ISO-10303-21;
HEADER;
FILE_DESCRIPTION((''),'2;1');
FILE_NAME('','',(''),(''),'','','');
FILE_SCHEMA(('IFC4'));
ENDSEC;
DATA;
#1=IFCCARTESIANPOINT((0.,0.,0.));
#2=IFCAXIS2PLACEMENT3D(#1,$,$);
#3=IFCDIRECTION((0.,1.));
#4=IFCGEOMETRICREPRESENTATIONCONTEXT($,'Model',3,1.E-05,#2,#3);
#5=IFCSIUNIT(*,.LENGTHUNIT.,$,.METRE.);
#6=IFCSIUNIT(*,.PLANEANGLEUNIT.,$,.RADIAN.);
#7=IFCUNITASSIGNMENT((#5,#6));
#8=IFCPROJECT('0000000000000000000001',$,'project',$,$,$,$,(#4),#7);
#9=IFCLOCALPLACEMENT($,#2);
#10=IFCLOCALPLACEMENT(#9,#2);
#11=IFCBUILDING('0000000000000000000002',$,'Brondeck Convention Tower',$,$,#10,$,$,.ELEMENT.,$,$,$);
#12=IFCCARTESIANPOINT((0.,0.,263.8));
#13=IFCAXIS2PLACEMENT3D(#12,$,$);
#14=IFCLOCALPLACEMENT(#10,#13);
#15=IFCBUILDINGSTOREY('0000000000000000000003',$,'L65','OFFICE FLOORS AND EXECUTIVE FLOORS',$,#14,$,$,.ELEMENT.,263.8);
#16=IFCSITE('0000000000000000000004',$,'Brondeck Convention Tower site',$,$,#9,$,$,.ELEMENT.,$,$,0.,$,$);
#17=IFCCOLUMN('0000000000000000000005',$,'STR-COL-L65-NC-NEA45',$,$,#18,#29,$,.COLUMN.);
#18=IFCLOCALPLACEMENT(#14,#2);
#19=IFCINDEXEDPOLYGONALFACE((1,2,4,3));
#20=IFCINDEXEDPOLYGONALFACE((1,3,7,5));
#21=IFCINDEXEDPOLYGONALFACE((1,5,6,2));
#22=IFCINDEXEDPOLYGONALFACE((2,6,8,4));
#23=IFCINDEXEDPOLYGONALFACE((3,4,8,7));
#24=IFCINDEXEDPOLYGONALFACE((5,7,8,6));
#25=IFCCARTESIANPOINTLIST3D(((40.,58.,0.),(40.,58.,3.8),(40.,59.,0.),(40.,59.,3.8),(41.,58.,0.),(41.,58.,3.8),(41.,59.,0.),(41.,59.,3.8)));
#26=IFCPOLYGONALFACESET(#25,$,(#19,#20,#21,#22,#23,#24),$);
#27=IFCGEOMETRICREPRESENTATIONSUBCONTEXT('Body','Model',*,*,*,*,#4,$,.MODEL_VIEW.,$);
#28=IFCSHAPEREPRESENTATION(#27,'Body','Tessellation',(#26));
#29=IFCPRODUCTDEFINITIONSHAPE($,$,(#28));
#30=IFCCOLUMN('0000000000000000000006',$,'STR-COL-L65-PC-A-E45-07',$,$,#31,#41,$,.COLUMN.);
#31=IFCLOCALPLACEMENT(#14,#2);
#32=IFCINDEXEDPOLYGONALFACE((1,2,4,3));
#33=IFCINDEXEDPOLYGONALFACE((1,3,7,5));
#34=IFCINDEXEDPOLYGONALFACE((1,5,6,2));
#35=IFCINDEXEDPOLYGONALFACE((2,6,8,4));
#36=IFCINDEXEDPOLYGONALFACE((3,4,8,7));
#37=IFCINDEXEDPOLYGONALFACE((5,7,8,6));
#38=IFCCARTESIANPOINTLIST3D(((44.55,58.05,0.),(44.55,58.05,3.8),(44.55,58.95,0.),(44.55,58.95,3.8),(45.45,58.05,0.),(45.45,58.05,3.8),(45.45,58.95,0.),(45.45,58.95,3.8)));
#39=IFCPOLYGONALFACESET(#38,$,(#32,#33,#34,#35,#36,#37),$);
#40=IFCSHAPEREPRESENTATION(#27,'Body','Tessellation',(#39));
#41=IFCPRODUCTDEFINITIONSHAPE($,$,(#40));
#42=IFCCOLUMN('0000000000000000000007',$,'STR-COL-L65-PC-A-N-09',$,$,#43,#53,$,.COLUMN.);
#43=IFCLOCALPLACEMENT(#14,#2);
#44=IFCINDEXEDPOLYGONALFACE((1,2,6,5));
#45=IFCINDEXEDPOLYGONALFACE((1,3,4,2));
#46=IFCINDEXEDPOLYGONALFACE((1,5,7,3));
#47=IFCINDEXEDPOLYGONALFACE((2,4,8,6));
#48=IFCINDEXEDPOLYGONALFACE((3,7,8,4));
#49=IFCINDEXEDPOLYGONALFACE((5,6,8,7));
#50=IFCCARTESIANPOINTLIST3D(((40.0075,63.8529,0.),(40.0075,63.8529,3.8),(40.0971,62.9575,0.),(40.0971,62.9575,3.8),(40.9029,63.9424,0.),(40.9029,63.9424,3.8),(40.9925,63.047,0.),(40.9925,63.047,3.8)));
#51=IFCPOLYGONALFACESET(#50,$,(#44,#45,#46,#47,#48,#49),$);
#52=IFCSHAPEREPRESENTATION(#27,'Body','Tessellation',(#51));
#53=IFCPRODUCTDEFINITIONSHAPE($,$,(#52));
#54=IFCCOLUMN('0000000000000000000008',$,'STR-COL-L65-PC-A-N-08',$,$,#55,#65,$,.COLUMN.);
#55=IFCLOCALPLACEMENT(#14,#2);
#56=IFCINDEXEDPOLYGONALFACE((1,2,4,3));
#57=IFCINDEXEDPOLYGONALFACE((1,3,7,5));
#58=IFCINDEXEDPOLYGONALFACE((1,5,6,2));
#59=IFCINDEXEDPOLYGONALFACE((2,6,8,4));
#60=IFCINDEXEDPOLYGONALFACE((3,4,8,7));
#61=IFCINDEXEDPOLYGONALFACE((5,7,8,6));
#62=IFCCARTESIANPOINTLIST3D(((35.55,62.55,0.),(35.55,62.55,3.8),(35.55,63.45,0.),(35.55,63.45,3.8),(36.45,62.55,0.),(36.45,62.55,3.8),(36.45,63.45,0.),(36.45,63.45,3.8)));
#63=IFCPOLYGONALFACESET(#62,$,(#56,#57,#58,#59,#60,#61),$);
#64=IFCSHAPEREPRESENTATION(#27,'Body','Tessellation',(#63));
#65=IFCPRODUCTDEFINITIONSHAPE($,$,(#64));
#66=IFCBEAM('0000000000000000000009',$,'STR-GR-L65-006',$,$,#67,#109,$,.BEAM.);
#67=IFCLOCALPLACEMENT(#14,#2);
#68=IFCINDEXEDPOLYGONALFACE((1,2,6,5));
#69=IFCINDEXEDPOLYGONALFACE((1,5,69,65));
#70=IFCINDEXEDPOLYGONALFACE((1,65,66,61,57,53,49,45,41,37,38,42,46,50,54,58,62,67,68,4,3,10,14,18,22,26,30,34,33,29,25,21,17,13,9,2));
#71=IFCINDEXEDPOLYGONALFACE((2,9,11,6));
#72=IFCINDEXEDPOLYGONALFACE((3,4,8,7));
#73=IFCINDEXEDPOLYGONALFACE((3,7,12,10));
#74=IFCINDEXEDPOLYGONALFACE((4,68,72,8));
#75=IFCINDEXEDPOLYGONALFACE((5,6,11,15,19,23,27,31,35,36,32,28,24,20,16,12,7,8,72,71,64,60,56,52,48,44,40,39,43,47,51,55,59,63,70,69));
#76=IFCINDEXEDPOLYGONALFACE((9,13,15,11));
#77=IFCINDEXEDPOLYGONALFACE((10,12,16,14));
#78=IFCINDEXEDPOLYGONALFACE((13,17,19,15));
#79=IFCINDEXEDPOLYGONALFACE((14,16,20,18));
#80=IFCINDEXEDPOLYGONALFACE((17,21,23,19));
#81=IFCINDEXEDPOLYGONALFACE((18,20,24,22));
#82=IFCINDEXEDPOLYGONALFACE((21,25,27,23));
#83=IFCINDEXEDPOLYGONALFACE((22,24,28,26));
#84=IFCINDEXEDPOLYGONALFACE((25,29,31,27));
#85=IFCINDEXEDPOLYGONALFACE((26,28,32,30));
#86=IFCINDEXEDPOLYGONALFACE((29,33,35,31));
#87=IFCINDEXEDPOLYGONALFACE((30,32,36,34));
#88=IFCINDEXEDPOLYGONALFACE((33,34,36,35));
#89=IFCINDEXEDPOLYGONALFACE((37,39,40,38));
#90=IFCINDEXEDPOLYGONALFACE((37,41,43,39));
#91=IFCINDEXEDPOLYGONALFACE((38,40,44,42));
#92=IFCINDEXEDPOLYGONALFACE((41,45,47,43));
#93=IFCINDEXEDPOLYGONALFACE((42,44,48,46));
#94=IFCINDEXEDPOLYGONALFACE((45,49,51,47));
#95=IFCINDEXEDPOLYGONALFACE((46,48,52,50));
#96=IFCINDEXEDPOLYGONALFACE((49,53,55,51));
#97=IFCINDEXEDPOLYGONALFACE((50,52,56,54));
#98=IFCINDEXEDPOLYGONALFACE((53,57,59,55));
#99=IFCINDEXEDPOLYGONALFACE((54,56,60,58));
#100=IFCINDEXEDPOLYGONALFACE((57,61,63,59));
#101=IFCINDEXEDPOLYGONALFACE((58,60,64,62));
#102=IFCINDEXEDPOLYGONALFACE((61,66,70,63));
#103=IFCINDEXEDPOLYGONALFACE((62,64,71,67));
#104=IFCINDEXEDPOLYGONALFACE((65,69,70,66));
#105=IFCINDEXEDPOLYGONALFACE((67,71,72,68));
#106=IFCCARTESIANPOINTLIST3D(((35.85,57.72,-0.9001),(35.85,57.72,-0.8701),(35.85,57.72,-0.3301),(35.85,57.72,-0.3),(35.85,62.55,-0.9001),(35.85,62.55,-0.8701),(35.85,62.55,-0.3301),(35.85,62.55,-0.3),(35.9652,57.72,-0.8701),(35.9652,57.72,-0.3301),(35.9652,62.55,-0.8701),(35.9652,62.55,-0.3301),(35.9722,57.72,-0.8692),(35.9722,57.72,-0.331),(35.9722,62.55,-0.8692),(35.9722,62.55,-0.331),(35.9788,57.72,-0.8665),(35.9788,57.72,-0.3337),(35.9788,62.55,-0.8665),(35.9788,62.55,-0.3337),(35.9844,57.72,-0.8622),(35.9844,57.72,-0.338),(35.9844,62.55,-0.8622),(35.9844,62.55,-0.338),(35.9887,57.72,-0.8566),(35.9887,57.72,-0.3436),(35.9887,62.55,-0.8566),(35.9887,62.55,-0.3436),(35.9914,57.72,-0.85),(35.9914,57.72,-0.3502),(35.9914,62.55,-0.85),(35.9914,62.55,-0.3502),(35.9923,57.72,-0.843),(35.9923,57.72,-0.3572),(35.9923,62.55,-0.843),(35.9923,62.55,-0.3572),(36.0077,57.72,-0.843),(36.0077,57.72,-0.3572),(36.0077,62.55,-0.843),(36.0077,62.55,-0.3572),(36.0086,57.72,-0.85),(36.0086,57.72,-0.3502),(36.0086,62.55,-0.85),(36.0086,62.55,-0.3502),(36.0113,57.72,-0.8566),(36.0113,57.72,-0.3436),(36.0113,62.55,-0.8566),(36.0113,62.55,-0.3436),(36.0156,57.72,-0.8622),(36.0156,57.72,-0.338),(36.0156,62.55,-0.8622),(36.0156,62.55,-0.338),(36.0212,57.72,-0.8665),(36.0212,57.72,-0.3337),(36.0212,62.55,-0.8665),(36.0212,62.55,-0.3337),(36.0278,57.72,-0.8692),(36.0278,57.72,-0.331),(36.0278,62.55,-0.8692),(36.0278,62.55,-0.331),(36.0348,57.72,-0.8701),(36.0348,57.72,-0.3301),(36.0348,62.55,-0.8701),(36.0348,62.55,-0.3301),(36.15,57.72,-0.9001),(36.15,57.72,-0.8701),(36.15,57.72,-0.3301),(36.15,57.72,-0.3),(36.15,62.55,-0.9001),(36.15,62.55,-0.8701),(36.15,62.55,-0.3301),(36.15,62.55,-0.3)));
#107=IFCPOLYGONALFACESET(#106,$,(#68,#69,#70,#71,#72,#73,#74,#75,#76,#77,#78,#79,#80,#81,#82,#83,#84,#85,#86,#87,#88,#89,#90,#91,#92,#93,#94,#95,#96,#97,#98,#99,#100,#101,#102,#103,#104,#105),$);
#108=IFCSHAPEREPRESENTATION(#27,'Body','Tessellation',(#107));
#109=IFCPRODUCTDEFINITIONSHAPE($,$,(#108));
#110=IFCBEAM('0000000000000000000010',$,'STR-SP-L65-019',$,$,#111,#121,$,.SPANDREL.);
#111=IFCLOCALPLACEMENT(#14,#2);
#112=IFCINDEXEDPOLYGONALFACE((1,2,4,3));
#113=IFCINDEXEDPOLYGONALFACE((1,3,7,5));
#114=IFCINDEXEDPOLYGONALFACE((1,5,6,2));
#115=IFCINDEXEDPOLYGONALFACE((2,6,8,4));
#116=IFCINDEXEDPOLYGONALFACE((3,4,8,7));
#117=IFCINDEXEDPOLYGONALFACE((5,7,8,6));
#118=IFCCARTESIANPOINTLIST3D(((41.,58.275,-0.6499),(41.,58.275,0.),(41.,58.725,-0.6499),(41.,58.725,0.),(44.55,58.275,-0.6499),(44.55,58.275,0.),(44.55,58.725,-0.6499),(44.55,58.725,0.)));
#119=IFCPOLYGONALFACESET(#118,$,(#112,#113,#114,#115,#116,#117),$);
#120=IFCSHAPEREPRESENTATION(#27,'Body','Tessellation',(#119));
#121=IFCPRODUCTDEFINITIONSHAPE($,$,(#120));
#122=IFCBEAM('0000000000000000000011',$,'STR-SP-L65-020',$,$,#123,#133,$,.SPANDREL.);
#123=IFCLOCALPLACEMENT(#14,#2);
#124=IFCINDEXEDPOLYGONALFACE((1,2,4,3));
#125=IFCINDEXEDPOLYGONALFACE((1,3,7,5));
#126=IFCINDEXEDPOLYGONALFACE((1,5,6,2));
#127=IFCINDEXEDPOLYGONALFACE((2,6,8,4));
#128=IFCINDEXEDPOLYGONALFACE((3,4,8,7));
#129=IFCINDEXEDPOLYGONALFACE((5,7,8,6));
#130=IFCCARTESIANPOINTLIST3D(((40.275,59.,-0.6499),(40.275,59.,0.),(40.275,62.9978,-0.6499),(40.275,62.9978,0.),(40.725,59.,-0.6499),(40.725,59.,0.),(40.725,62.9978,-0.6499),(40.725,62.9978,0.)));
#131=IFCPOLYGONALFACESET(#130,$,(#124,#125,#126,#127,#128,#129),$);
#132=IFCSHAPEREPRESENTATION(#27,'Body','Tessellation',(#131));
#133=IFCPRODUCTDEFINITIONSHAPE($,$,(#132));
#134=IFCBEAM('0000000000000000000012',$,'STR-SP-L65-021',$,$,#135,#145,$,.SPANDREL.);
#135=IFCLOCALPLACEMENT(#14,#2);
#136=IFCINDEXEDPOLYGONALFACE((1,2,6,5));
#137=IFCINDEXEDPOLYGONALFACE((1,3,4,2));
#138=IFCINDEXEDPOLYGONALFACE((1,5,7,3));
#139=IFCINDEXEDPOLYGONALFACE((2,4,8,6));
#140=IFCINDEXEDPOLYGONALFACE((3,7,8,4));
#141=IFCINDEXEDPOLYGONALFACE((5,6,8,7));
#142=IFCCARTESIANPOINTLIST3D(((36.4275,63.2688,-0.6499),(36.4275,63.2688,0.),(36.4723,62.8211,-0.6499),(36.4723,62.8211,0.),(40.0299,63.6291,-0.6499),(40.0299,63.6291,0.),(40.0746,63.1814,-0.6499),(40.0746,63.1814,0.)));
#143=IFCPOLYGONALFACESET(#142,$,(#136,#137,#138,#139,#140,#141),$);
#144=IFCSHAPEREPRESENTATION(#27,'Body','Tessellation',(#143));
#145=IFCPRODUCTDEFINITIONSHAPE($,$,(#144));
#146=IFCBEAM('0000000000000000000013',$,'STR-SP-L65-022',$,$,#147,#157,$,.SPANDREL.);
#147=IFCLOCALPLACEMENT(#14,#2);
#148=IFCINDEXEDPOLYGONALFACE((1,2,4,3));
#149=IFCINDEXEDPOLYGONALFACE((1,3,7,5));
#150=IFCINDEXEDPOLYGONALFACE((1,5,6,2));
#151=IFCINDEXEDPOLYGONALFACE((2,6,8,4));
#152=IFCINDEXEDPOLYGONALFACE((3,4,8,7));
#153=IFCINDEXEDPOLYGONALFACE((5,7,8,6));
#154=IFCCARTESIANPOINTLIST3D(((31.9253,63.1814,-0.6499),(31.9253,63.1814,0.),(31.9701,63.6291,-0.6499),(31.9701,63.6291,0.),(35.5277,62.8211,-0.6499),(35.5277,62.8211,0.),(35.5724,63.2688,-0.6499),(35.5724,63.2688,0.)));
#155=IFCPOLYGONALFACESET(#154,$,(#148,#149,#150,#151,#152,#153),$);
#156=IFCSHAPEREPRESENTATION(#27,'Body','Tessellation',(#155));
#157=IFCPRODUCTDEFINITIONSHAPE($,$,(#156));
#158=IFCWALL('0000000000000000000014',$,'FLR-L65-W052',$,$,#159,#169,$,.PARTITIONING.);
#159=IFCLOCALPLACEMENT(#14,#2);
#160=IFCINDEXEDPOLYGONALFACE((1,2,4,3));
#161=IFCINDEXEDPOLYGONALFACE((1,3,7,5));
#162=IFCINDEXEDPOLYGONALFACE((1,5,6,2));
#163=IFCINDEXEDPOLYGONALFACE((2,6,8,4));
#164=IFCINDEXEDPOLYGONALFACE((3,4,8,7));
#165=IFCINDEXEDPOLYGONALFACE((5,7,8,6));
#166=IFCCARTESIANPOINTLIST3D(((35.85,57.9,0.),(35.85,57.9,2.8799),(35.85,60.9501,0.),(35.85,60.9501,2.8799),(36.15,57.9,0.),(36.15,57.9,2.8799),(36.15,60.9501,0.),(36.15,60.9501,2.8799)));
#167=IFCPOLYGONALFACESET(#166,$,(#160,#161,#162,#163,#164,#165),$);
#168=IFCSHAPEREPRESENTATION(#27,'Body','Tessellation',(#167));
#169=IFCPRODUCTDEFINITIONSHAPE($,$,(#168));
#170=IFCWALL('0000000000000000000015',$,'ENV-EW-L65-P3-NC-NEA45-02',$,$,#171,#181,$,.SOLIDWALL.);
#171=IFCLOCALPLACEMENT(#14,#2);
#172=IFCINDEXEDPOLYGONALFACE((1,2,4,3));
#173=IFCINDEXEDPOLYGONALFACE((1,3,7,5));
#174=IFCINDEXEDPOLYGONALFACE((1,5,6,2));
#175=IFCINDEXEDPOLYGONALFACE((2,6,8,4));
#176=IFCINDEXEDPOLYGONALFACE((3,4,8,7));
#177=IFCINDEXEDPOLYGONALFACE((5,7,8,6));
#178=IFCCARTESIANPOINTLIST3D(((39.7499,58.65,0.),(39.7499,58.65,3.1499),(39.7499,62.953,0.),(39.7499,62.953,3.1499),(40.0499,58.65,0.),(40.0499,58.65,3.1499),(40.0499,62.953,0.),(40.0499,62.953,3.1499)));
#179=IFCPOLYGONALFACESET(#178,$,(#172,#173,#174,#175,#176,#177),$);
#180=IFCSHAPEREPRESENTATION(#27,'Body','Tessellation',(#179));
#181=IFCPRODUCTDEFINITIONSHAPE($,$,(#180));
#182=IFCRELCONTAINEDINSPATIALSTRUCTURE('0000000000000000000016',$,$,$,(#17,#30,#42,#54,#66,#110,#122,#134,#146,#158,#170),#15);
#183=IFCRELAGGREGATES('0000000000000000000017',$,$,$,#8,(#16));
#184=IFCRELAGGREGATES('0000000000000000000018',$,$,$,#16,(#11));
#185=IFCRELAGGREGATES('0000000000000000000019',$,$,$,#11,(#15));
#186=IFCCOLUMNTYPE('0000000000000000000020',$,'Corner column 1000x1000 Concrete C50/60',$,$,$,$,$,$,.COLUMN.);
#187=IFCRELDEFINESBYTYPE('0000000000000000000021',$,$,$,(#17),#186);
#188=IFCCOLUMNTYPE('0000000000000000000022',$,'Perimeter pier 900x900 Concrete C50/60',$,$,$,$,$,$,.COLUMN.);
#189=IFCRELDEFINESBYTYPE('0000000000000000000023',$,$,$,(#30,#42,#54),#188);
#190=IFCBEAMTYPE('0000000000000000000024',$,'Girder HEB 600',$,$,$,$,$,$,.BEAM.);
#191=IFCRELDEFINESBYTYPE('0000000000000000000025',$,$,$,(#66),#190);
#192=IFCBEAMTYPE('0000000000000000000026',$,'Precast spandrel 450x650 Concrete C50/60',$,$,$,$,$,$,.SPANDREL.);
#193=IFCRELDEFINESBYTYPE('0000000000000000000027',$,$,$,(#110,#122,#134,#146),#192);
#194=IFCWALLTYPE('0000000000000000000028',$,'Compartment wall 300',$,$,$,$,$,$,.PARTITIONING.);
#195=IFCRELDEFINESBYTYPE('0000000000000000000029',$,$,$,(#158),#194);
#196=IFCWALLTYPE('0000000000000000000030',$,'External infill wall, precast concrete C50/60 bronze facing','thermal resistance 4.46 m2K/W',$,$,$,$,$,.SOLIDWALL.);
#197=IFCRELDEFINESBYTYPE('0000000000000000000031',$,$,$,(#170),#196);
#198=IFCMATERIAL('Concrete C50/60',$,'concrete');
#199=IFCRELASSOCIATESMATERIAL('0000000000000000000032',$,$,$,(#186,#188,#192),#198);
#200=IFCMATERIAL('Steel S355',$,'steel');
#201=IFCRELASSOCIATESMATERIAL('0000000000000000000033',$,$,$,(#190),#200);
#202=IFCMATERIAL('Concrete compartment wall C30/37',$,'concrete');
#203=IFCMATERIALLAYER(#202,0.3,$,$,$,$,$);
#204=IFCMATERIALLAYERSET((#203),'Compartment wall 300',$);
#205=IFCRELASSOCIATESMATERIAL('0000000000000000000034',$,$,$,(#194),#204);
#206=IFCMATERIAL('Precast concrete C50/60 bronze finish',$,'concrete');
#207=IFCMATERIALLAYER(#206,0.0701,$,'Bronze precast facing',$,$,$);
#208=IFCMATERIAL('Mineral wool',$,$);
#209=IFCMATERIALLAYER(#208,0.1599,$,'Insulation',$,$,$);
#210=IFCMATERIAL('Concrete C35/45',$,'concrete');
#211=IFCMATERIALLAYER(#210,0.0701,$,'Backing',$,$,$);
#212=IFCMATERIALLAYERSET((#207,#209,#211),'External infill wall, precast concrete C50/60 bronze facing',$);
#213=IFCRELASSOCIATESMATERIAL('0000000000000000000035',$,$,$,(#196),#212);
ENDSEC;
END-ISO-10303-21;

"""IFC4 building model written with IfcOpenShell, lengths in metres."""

from ifc_helpers import new_model, si_unit, direction, frame, frame_2d, origin, origin_2d, place, context, subcontext, project, spatial, rectangle, i_section, extrude, material, layer, layer_set, material_profile, profile_set, type_object, element, save


model = new_model("IFC4")

# Units and contexts
model_context = context("Model", 3, precision=1e-05, world=origin(), true_north=direction((0.0, 1.0)))
body_context = subcontext(model_context, "Body", "Model", "MODEL_VIEW")
ifc_project = project(units=[si_unit("LENGTHUNIT", "METRE"), si_unit("PLANEANGLEUNIT", "RADIAN")], contexts=[model_context])

# Site, building, storey
site_placement = place(None, origin())
site = spatial("IfcSite", under=ifc_project, at=site_placement, Name="Brondeck Convention Tower site", CompositionType="ELEMENT", RefElevation=0.0)
building_placement = place(site_placement, origin())
building = spatial("IfcBuilding", under=site, at=building_placement, Name="Brondeck Convention Tower", CompositionType="ELEMENT")
storey_placement = place(building_placement, frame((0.0, 0.0, 263.8)))
storey = spatial("IfcBuildingStorey", under=building, at=storey_placement, Name="L65", Description="OFFICE FLOORS AND EXECUTIVE FLOORS", CompositionType="ELEMENT", Elevation=263.8)

# Columns
ifc_material_1 = material(Name="Concrete C50/60", Category="concrete")
ifc_material_profile_1 = material_profile(ifc_material_1, rectangle(XDim=1.0, YDim=1.0, at=origin_2d()), Name="Corner column 1000x1000 Concrete C50/60")
ifc_profile_set_1 = profile_set([ifc_material_profile_1], Name="Concrete C50/60")
column_type_1 = type_object("IfcColumnType", Name="Corner column 1000x1000 Concrete C50/60", PredefinedType="COLUMN", material=ifc_profile_set_1)
column_placement = place(storey_placement, frame((40.5, 58.5, 0.0), z_axis=(0.0, 0.0, 1.0), x_axis=(1.0, 0.0, 0.0)))
element("IfcColumn", 1, at=column_placement, inside=storey, type_object=column_type_1, Name="STR-COL-L65-NC-NEA45", PredefinedType="COLUMN", context=body_context, shape_type="SweptSolid", body=[
    extrude(rectangle(XDim=1.0, YDim=1.0, at=origin_2d()), origin(), (0.0, 0.0, 1.0), 3.8),
])
ifc_material_profile_2 = material_profile(ifc_material_1, rectangle(XDim=0.8999, YDim=0.8999, at=origin_2d()), Name="Perimeter pier 900x900 Concrete C50/60")
ifc_profile_set_2 = profile_set([ifc_material_profile_2], Name="Concrete C50/60")
column_type_2 = type_object("IfcColumnType", Name="Perimeter pier 900x900 Concrete C50/60", PredefinedType="COLUMN", material=ifc_profile_set_2)
for number, where, z_axis, x_axis, name in (
    (2, (45.0, 58.5, 0.0), (0.0, 0.0, 1.0), (0.0, 1.0, 0.0), "STR-COL-L65-PC-A-E45-07"),
    (3, (40.5, 63.45, 0.0), (0.0, 0.0, 1.0), (-0.995037, -0.099504, 0.0), "STR-COL-L65-PC-A-N-09"),
    (4, (36.0, 63.0, 0.0), (0.0, 0.0, 1.0), (-1.0, 0.0, 0.0), "STR-COL-L65-PC-A-N-08"),
):
    element("IfcColumn", number, at=place(storey_placement, frame(where, z_axis=z_axis, x_axis=x_axis)), inside=storey, type_object=column_type_2, Name=name, PredefinedType="COLUMN", context=body_context, shape_type="SweptSolid", body=[
        extrude(rectangle(XDim=0.8999, YDim=0.8999, at=origin_2d()), origin(), (0.0, 0.0, 1.0), 3.8),
    ])

# Beams
ifc_material_2 = material(Name="Steel S355", Category="steel")
ifc_material_profile_3 = material_profile(ifc_material_2, i_section(OverallWidth=0.3, OverallDepth=0.6001, WebThickness=0.0154, FlangeThickness=0.03, FilletRadius=0.0271, at=origin_2d()), Name="HEB 600")
ifc_profile_set_3 = profile_set([ifc_material_profile_3], Name="Steel S355")
beam_type_1 = type_object("IfcBeamType", Name="Girder HEB 600", PredefinedType="BEAM", material=ifc_profile_set_3)
beam_1_placement = place(storey_placement, frame((36.0, 57.72, -0.6001), z_axis=(0.0, 1.0, 0.0), x_axis=(-1.0, 0.0, 0.0)))
element("IfcBeam", 5, at=beam_1_placement, inside=storey, type_object=beam_type_1, Name="STR-GR-L65-006", PredefinedType="BEAM", context=body_context, shape_type="SweptSolid", body=[
    extrude(i_section(OverallWidth=0.3, OverallDepth=0.6001, WebThickness=0.0154, FlangeThickness=0.03, FilletRadius=0.0271, at=origin_2d()), origin(), (0.0, 0.0, 1.0), 4.8301),
])
ifc_material_profile_4 = material_profile(ifc_material_1, rectangle(XDim=0.45, YDim=0.6499, at=origin_2d()), Name="Precast spandrel 450x650 Concrete C50/60")
ifc_profile_set_4 = profile_set([ifc_material_profile_4], Name="Concrete C50/60")
beam_type_2 = type_object("IfcBeamType", Name="Precast spandrel 450x650 Concrete C50/60", PredefinedType="SPANDREL", material=ifc_profile_set_4)
beam_2_placement = place(storey_placement, frame((44.55, 58.5, -0.325), z_axis=(-1.0, 0.0, 0.0), x_axis=(0.0, -1.0, 0.0)))
element("IfcBeam", 6, at=beam_2_placement, inside=storey, type_object=beam_type_2, Name="STR-SP-L65-019", PredefinedType="SPANDREL", context=body_context, shape_type="SweptSolid", body=[
    extrude(rectangle(XDim=0.45, YDim=0.6499, at=origin_2d()), origin(), (0.0, 0.0, 1.0), 3.55),
])
beam_3_placement = place(storey_placement, frame((40.5, 59.0, -0.325), z_axis=(0.0, 1.0, 0.0), x_axis=(-1.0, 0.0, 0.0)))
element("IfcBeam", 7, at=beam_3_placement, inside=storey, type_object=beam_type_2, Name="STR-SP-L65-020", PredefinedType="SPANDREL", context=body_context, shape_type="SweptSolid", body=[
    extrude(rectangle(XDim=0.45, YDim=0.6499, at=origin_2d()), origin(), (0.0, 0.0, 1.0), 3.9978),
])
for number, where, z_axis, x_axis, name in (
    (8, (40.0522, 63.4053, -0.325), (-0.995034, -0.099537, 0.0), (0.099537, -0.995034, 0.0), "STR-SP-L65-021"),
    (9, (35.55, 63.0449, -0.325), (-0.995034, 0.099537, 0.0), (-0.099537, -0.995034, 0.0), "STR-SP-L65-022"),
):
    element("IfcBeam", number, at=place(storey_placement, frame(where, z_axis=z_axis, x_axis=x_axis)), inside=storey, type_object=beam_type_2, Name=name, PredefinedType="SPANDREL", context=body_context, shape_type="SweptSolid", body=[
        extrude(rectangle(XDim=0.45, YDim=0.6499, at=origin_2d()), origin(), (0.0, 0.0, 1.0), 3.6204),
    ])

# Walls
ifc_material_3 = material(Name="Concrete compartment wall C30/37", Category="concrete")
ifc_layer_1 = layer(ifc_material_3, 0.3)
ifc_layer_set_1 = layer_set([ifc_layer_1], Name="Compartment wall 300")
wall_type_1 = type_object("IfcWallType", Name="Compartment wall 300", PredefinedType="PARTITIONING", material=ifc_layer_set_1)
wall_1_placement = place(storey_placement, frame((36.0, 60.95, 0.0), z_axis=(0.0, 0.0, 1.0), x_axis=(0.0, -1.0, 0.0)))
element("IfcWall", 10, at=wall_1_placement, inside=storey, type_object=wall_type_1, Name="FLR-L65-W052", PredefinedType="PARTITIONING", context=body_context, shape_type="SweptSolid", body=[
    extrude(rectangle(XDim=3.05, YDim=0.3, at=frame_2d((1.5249, 0.0))), origin(), (0.0, 0.0, 1.0), 2.8799),
])
ifc_material_4 = material(Name="Precast concrete C50/60 bronze finish", Category="concrete")
ifc_layer_2 = layer(ifc_material_4, 0.0701, Name="Bronze precast facing")
ifc_material_5 = material(Name="Mineral wool")
ifc_layer_3 = layer(ifc_material_5, 0.1599, Name="Insulation")
ifc_material_6 = material(Name="Concrete C35/45", Category="concrete")
ifc_layer_4 = layer(ifc_material_6, 0.0701, Name="Backing")
ifc_layer_set_2 = layer_set([ifc_layer_2, ifc_layer_3, ifc_layer_4], Name="External infill wall, precast concrete C50/60 bronze facing")
wall_type_2 = type_object("IfcWallType", Name="External infill wall, precast concrete C50/60 bronze facing", Description="thermal resistance 4.46 m2K/W", PredefinedType="SOLIDWALL", material=ifc_layer_set_2)
wall_2_placement = place(storey_placement, frame((39.8999, 62.9529, 0.0), z_axis=(0.0, 0.0, 1.0), x_axis=(0.0, -1.0, 0.0)))
element("IfcWall", 11, at=wall_2_placement, inside=storey, type_object=wall_type_2, Name="ENV-EW-L65-P3-NC-NEA45-02", PredefinedType="SOLIDWALL", context=body_context, shape_type="SweptSolid", body=[
    extrude(rectangle(XDim=4.303, YDim=0.3, at=frame_2d((2.1514, 0.0))), origin(), (0.0, 0.0, 1.0), 3.1499),
])

save(model, "model.ifc")
